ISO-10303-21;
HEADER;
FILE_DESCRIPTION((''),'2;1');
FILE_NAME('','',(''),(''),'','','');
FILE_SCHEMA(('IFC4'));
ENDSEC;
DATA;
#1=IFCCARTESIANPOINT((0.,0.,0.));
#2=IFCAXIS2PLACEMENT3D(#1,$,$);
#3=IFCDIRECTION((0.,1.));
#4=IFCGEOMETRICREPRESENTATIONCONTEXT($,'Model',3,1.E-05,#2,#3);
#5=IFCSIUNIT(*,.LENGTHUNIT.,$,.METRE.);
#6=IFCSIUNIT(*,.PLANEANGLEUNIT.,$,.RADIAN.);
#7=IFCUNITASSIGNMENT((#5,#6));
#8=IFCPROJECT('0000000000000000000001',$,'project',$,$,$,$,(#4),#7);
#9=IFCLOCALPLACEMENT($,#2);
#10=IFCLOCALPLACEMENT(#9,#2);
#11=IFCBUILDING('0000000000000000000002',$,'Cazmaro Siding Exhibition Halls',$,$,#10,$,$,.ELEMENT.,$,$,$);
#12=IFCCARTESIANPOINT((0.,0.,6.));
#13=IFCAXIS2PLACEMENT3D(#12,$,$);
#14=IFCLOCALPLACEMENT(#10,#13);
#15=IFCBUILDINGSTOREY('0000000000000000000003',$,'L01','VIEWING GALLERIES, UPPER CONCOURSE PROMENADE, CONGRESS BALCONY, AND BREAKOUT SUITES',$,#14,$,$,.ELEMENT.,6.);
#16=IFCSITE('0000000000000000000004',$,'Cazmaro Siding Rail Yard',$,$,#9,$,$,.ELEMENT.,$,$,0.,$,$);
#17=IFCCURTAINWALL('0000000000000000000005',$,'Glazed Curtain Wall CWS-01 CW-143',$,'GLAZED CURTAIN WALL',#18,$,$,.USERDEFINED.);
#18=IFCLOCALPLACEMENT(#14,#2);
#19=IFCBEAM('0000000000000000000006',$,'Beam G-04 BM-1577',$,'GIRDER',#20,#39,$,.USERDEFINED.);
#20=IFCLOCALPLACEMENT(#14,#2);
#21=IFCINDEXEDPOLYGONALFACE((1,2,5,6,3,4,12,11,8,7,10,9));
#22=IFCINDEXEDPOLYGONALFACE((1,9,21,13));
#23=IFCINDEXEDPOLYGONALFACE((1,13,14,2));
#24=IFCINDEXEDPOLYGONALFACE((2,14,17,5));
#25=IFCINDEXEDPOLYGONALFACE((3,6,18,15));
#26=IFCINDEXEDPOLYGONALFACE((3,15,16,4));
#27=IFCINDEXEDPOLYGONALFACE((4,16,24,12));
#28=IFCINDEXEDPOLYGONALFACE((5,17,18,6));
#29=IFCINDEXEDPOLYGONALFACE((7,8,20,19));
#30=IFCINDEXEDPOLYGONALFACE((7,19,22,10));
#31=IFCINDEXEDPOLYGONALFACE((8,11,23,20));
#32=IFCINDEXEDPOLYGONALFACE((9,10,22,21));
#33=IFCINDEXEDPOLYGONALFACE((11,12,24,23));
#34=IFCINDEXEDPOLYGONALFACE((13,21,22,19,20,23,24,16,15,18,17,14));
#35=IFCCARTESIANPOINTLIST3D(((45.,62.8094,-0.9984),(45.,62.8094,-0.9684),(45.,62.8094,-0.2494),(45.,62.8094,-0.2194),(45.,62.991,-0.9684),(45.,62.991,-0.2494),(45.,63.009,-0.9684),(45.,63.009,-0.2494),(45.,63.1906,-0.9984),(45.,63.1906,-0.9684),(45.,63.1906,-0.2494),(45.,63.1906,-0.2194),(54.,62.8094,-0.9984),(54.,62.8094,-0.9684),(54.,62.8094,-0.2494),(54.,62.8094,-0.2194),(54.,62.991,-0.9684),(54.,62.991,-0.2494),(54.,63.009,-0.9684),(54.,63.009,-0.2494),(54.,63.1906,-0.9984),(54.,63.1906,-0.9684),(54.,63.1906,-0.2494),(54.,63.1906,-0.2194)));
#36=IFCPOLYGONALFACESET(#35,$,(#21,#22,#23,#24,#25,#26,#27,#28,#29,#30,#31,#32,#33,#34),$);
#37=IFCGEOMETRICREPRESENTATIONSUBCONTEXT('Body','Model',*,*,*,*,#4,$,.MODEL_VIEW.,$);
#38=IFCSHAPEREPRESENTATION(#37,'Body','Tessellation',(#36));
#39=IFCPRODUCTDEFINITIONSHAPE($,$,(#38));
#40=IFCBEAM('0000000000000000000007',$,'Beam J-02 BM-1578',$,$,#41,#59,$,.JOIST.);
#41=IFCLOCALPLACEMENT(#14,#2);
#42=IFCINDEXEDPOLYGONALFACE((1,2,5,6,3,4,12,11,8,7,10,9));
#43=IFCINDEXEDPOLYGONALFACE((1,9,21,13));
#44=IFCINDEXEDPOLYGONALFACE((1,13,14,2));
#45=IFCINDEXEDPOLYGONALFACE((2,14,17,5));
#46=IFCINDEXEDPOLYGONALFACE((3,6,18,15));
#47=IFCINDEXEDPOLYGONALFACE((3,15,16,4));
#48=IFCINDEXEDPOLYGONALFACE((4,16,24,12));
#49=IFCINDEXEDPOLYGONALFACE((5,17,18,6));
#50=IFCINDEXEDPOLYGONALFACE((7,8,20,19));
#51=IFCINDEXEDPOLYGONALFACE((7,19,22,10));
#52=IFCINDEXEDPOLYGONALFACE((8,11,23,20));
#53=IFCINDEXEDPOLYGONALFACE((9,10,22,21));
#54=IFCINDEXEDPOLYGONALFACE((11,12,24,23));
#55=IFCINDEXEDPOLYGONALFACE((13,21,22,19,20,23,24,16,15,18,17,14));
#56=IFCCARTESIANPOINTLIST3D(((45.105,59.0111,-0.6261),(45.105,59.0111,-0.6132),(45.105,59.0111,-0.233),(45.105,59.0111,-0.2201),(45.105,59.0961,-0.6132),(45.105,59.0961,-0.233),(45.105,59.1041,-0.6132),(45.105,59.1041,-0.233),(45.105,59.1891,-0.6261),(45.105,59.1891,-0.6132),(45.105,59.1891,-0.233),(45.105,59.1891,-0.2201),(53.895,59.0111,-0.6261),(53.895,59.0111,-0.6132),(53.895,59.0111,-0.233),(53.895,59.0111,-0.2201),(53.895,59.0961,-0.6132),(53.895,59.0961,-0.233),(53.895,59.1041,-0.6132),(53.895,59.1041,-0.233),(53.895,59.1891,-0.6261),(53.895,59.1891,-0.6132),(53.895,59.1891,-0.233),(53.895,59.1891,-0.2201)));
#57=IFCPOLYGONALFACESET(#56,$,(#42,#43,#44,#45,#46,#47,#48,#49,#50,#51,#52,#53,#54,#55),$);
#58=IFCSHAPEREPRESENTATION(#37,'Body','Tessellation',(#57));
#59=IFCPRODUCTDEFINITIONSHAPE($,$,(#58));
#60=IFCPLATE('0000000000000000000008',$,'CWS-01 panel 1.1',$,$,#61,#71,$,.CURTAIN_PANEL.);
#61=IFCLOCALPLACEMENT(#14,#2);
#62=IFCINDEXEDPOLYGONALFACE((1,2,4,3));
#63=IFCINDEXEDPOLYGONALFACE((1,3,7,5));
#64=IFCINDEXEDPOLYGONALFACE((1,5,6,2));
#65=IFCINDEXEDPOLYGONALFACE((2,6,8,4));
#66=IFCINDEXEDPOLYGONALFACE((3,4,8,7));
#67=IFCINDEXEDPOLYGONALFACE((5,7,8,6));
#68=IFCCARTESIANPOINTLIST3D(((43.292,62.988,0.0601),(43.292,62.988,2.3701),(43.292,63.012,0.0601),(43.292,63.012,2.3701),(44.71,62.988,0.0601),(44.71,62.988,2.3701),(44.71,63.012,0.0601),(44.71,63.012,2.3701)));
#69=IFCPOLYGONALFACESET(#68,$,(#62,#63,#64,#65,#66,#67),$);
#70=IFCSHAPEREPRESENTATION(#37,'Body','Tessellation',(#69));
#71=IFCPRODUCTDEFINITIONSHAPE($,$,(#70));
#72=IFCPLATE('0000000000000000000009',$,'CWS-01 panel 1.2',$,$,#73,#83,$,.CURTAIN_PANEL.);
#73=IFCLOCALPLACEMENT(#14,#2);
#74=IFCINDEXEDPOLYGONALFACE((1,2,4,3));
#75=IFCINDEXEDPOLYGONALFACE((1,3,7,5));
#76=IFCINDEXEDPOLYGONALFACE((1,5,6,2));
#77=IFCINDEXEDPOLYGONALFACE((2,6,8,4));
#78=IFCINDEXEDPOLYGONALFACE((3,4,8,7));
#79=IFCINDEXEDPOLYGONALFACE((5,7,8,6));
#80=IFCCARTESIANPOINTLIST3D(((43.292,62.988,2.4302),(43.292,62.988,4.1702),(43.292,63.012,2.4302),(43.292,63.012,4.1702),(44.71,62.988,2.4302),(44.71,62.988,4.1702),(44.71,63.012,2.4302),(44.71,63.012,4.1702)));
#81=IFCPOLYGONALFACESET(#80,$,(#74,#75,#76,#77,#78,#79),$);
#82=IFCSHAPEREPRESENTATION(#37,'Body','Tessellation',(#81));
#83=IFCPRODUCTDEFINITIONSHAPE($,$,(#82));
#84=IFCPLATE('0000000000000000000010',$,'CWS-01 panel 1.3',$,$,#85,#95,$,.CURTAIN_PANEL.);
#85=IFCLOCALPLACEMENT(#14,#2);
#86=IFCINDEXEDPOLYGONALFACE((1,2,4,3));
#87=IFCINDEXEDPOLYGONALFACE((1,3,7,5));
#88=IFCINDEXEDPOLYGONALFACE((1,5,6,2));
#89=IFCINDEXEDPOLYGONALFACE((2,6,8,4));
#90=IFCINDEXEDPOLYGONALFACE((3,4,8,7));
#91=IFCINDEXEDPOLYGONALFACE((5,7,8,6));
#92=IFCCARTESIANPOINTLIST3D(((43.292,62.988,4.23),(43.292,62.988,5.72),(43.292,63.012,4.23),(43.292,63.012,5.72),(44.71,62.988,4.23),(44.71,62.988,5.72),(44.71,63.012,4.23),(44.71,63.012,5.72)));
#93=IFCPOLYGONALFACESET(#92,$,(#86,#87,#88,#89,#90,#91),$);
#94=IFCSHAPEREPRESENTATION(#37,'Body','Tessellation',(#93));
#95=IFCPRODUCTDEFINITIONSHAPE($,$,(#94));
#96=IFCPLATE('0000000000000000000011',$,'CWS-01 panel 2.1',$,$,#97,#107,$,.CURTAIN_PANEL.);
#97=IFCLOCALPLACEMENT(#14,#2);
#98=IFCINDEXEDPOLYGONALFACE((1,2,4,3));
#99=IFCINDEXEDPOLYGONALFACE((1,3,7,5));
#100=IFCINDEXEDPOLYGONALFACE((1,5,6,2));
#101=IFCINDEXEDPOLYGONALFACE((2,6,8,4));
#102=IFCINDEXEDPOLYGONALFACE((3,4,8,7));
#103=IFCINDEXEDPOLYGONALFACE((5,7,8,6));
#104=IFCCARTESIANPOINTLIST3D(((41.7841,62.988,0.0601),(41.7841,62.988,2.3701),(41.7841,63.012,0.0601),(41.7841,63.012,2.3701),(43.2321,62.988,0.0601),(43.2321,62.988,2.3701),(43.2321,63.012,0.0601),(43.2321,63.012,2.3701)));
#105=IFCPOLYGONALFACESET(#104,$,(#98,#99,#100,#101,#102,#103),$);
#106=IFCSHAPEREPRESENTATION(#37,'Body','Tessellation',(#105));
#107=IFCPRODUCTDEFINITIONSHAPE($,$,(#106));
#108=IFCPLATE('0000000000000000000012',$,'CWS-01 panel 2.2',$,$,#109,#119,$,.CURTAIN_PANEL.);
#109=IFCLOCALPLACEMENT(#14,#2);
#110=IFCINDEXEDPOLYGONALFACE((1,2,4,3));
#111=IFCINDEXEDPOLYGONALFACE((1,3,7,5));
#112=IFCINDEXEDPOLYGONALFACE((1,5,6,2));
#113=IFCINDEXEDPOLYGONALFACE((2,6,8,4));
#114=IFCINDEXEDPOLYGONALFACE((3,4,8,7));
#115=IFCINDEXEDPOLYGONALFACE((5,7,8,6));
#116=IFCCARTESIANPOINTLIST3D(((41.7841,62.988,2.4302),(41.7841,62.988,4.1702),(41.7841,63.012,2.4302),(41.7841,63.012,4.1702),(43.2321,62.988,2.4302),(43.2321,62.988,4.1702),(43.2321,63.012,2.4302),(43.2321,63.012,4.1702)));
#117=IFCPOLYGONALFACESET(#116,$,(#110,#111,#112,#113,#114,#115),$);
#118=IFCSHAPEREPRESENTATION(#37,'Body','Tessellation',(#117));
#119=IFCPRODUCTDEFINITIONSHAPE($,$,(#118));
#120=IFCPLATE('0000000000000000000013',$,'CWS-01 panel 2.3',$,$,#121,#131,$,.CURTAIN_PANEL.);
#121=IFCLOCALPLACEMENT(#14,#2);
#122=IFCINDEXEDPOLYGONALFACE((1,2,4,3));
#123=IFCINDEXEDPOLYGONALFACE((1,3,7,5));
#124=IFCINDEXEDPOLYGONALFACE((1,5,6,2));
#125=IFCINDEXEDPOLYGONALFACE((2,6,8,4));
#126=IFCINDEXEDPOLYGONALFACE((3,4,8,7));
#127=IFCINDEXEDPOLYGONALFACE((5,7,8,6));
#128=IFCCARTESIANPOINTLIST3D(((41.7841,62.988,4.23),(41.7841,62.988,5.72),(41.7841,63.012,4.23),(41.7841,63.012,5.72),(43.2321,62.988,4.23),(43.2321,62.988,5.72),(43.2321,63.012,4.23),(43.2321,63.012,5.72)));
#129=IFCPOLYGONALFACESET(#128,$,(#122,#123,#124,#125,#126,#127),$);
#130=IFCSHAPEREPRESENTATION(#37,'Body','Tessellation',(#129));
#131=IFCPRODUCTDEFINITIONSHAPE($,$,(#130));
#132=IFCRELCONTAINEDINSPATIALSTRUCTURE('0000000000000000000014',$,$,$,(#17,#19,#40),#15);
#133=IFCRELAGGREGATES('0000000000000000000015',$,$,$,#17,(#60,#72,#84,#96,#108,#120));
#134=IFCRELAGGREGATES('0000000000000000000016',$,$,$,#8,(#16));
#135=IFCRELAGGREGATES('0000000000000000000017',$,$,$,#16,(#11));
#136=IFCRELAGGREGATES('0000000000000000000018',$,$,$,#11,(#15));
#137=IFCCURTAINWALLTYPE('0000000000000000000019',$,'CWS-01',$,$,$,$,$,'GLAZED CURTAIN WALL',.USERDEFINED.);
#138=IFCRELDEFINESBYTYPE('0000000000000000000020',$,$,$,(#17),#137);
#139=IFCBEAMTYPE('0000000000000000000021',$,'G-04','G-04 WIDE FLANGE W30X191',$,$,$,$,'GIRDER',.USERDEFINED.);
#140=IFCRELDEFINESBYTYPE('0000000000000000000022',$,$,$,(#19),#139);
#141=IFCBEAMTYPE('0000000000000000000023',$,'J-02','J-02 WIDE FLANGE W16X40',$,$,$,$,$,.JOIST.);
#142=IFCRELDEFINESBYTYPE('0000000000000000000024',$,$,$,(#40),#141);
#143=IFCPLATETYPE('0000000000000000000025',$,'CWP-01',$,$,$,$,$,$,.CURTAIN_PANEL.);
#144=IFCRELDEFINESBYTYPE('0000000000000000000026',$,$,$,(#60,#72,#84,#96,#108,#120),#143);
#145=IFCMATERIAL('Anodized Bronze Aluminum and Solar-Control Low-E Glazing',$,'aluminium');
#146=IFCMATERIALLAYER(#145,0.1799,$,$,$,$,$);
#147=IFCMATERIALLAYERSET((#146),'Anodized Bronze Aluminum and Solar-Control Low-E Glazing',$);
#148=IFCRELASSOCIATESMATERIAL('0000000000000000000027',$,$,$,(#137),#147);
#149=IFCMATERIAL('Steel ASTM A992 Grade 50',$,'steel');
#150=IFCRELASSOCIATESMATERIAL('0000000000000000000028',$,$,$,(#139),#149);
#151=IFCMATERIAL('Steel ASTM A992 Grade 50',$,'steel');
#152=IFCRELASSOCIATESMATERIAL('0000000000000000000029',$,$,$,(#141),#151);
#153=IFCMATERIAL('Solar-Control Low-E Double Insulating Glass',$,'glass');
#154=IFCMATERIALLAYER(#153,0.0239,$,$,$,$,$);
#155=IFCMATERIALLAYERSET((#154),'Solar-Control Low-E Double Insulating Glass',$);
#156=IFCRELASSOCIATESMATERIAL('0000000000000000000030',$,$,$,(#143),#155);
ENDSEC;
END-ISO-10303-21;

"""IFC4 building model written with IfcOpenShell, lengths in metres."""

from ifc_helpers import new_model, si_unit, direction, frame, origin, origin_2d, place, context, subcontext, project, spatial, rectangle, i_section, extrude, material, layer, layer_set, material_profile, profile_set, type_object, element, aggregate, save


model = new_model("IFC4")

# Units and contexts
model_context = context("Model", 3, precision=1e-05, world=origin(), true_north=direction((0.0, 1.0)))
body_context = subcontext(model_context, "Body", "Model", "MODEL_VIEW")
ifc_project = project(units=[si_unit("LENGTHUNIT", "METRE"), si_unit("PLANEANGLEUNIT", "RADIAN")], contexts=[model_context])

# Site, building, storey
site_placement = place(None, origin())
site = spatial("IfcSite", under=ifc_project, at=site_placement, Name="Cazmaro Siding Rail Yard", CompositionType="ELEMENT", RefElevation=0.0)
building_placement = place(site_placement, origin())
building = spatial("IfcBuilding", under=site, at=building_placement, Name="Cazmaro Siding Exhibition Halls", CompositionType="ELEMENT")
storey_placement = place(building_placement, frame((0.0, 0.0, 6.0)))
storey = spatial("IfcBuildingStorey", under=building, at=storey_placement, Name="L01", Description="VIEWING GALLERIES, UPPER CONCOURSE PROMENADE, CONGRESS BALCONY, AND BREAKOUT SUITES", CompositionType="ELEMENT", Elevation=6.0)

# Curtain wall
ifc_material_1 = material(Name="Anodized Bronze Aluminum and Solar-Control Low-E Glazing", Category="aluminium")
ifc_layer_1 = layer(ifc_material_1, 0.1799)
ifc_layer_set_1 = layer_set([ifc_layer_1], Name="Anodized Bronze Aluminum and Solar-Control Low-E Glazing")
curtain_wall_type = type_object("IfcCurtainWallType", Name="CWS-01", ElementType="GLAZED CURTAIN WALL", PredefinedType="USERDEFINED", material=ifc_layer_set_1)
curtain_wall_1_placement = place(storey_placement, origin())
curtain_wall_1 = element("IfcCurtainWall", 1, at=curtain_wall_1_placement, inside=storey, type_object=curtain_wall_type, Name="Glazed Curtain Wall CWS-01 CW-143", ObjectType="GLAZED CURTAIN WALL", PredefinedType="USERDEFINED")

# Beams
ifc_material_2 = material(Name="Steel ASTM A992 Grade 50", Category="steel")
ifc_material_profile_1 = material_profile(ifc_material_2, i_section(OverallWidth=0.3811, OverallDepth=0.7791, WebThickness=0.0181, FlangeThickness=0.03, at=origin_2d()), Name="W30X191")
ifc_profile_set_1 = profile_set([ifc_material_profile_1], Name="Steel ASTM A992 Grade 50")
beam_type_1 = type_object("IfcBeamType", Name="G-04", Description="G-04 WIDE FLANGE W30X191", ElementType="GIRDER", PredefinedType="USERDEFINED", material=ifc_profile_set_1)
beam_1_placement = place(storey_placement, frame((45.0, 63.0, -0.6089), z_axis=(1.0, 0.0, 0.0), x_axis=(0.0, 1.0, 0.0)))
element("IfcBeam", 2, at=beam_1_placement, inside=storey, type_object=beam_type_1, Name="Beam G-04 BM-1577", ObjectType="GIRDER", PredefinedType="USERDEFINED", context=body_context, shape_type="SweptSolid", body=[
    extrude(i_section(OverallWidth=0.3811, OverallDepth=0.7791, WebThickness=0.0181, FlangeThickness=0.03, at=origin_2d()), origin(), (0.0, 0.0, 1.0), 9.0),
])
ifc_material_3 = material(Name="Steel ASTM A992 Grade 50", Category="steel")
ifc_material_profile_2 = material_profile(ifc_material_3, i_section(OverallWidth=0.178, OverallDepth=0.406, WebThickness=0.0081, FlangeThickness=0.0129, at=origin_2d()), Name="W16X40")
ifc_profile_set_2 = profile_set([ifc_material_profile_2], Name="Steel ASTM A992 Grade 50")
beam_type_2 = type_object("IfcBeamType", Name="J-02", Description="J-02 WIDE FLANGE W16X40", PredefinedType="JOIST", material=ifc_profile_set_2)
beam_2_placement = place(storey_placement, frame((45.105, 59.1001, -0.4231), z_axis=(1.0, 0.0, 0.0), x_axis=(0.0, 1.0, 0.0)))
element("IfcBeam", 3, at=beam_2_placement, inside=storey, type_object=beam_type_2, Name="Beam J-02 BM-1578", PredefinedType="JOIST", context=body_context, shape_type="SweptSolid", body=[
    extrude(i_section(OverallWidth=0.178, OverallDepth=0.406, WebThickness=0.0081, FlangeThickness=0.0129, at=origin_2d()), origin(), (0.0, 0.0, 1.0), 8.79),
])

# Plates
ifc_material_4 = material(Name="Solar-Control Low-E Double Insulating Glass", Category="glass")
ifc_layer_2 = layer(ifc_material_4, 0.0239)
ifc_layer_set_2 = layer_set([ifc_layer_2], Name="Solar-Control Low-E Double Insulating Glass")
plate_type = type_object("IfcPlateType", Name="CWP-01", PredefinedType="CURTAIN_PANEL", material=ifc_layer_set_2)
plate_1_placement = place(storey_placement, frame((44.001, 63.0, 0.0601), z_axis=(0.0, 0.0, 1.0), x_axis=(-1.0, 0.0, 0.0)))
plate_1 = element("IfcPlate", 4, at=plate_1_placement, type_object=plate_type, Name="CWS-01 panel 1.1", PredefinedType="CURTAIN_PANEL", context=body_context, shape_type="SweptSolid", body=[
    extrude(rectangle(XDim=1.418, YDim=0.0239, at=origin_2d()), origin(), (0.0, 0.0, 1.0), 2.3101),
])
plate_2_placement = place(storey_placement, frame((44.001, 63.0, 2.4302), z_axis=(0.0, 0.0, 1.0), x_axis=(-1.0, 0.0, 0.0)))
plate_2 = element("IfcPlate", 5, at=plate_2_placement, type_object=plate_type, Name="CWS-01 panel 1.2", PredefinedType="CURTAIN_PANEL", context=body_context, shape_type="SweptSolid", body=[
    extrude(rectangle(XDim=1.418, YDim=0.0239, at=origin_2d()), origin(), (0.0, 0.0, 1.0), 1.74),
])
plate_3_placement = place(storey_placement, frame((44.001, 63.0, 4.23), z_axis=(0.0, 0.0, 1.0), x_axis=(-1.0, 0.0, 0.0)))
plate_3 = element("IfcPlate", 6, at=plate_3_placement, type_object=plate_type, Name="CWS-01 panel 1.3", PredefinedType="CURTAIN_PANEL", context=body_context, shape_type="SweptSolid", body=[
    extrude(rectangle(XDim=1.418, YDim=0.0239, at=origin_2d()), origin(), (0.0, 0.0, 1.0), 1.49),
])
plate_4_placement = place(storey_placement, frame((42.5081, 63.0, 0.0601), z_axis=(0.0, 0.0, 1.0), x_axis=(-1.0, 0.0, 0.0)))
plate_4 = element("IfcPlate", 7, at=plate_4_placement, type_object=plate_type, Name="CWS-01 panel 2.1", PredefinedType="CURTAIN_PANEL", context=body_context, shape_type="SweptSolid", body=[
    extrude(rectangle(XDim=1.448, YDim=0.0239, at=origin_2d()), origin(), (0.0, 0.0, 1.0), 2.3101),
])
plate_5_placement = place(storey_placement, frame((42.5081, 63.0, 2.4302), z_axis=(0.0, 0.0, 1.0), x_axis=(-1.0, 0.0, 0.0)))
plate_5 = element("IfcPlate", 8, at=plate_5_placement, type_object=plate_type, Name="CWS-01 panel 2.2", PredefinedType="CURTAIN_PANEL", context=body_context, shape_type="SweptSolid", body=[
    extrude(rectangle(XDim=1.448, YDim=0.0239, at=origin_2d()), origin(), (0.0, 0.0, 1.0), 1.74),
])
plate_6_placement = place(storey_placement, frame((42.5081, 63.0, 4.23), z_axis=(0.0, 0.0, 1.0), x_axis=(-1.0, 0.0, 0.0)))
plate_6 = element("IfcPlate", 9, at=plate_6_placement, type_object=plate_type, Name="CWS-01 panel 2.3", PredefinedType="CURTAIN_PANEL", context=body_context, shape_type="SweptSolid", body=[
    extrude(rectangle(XDim=1.448, YDim=0.0239, at=origin_2d()), origin(), (0.0, 0.0, 1.0), 1.49),
])
aggregate(curtain_wall_1, [plate_1, plate_2, plate_3, plate_4, plate_5, plate_6])

save(model, "model.ifc")
